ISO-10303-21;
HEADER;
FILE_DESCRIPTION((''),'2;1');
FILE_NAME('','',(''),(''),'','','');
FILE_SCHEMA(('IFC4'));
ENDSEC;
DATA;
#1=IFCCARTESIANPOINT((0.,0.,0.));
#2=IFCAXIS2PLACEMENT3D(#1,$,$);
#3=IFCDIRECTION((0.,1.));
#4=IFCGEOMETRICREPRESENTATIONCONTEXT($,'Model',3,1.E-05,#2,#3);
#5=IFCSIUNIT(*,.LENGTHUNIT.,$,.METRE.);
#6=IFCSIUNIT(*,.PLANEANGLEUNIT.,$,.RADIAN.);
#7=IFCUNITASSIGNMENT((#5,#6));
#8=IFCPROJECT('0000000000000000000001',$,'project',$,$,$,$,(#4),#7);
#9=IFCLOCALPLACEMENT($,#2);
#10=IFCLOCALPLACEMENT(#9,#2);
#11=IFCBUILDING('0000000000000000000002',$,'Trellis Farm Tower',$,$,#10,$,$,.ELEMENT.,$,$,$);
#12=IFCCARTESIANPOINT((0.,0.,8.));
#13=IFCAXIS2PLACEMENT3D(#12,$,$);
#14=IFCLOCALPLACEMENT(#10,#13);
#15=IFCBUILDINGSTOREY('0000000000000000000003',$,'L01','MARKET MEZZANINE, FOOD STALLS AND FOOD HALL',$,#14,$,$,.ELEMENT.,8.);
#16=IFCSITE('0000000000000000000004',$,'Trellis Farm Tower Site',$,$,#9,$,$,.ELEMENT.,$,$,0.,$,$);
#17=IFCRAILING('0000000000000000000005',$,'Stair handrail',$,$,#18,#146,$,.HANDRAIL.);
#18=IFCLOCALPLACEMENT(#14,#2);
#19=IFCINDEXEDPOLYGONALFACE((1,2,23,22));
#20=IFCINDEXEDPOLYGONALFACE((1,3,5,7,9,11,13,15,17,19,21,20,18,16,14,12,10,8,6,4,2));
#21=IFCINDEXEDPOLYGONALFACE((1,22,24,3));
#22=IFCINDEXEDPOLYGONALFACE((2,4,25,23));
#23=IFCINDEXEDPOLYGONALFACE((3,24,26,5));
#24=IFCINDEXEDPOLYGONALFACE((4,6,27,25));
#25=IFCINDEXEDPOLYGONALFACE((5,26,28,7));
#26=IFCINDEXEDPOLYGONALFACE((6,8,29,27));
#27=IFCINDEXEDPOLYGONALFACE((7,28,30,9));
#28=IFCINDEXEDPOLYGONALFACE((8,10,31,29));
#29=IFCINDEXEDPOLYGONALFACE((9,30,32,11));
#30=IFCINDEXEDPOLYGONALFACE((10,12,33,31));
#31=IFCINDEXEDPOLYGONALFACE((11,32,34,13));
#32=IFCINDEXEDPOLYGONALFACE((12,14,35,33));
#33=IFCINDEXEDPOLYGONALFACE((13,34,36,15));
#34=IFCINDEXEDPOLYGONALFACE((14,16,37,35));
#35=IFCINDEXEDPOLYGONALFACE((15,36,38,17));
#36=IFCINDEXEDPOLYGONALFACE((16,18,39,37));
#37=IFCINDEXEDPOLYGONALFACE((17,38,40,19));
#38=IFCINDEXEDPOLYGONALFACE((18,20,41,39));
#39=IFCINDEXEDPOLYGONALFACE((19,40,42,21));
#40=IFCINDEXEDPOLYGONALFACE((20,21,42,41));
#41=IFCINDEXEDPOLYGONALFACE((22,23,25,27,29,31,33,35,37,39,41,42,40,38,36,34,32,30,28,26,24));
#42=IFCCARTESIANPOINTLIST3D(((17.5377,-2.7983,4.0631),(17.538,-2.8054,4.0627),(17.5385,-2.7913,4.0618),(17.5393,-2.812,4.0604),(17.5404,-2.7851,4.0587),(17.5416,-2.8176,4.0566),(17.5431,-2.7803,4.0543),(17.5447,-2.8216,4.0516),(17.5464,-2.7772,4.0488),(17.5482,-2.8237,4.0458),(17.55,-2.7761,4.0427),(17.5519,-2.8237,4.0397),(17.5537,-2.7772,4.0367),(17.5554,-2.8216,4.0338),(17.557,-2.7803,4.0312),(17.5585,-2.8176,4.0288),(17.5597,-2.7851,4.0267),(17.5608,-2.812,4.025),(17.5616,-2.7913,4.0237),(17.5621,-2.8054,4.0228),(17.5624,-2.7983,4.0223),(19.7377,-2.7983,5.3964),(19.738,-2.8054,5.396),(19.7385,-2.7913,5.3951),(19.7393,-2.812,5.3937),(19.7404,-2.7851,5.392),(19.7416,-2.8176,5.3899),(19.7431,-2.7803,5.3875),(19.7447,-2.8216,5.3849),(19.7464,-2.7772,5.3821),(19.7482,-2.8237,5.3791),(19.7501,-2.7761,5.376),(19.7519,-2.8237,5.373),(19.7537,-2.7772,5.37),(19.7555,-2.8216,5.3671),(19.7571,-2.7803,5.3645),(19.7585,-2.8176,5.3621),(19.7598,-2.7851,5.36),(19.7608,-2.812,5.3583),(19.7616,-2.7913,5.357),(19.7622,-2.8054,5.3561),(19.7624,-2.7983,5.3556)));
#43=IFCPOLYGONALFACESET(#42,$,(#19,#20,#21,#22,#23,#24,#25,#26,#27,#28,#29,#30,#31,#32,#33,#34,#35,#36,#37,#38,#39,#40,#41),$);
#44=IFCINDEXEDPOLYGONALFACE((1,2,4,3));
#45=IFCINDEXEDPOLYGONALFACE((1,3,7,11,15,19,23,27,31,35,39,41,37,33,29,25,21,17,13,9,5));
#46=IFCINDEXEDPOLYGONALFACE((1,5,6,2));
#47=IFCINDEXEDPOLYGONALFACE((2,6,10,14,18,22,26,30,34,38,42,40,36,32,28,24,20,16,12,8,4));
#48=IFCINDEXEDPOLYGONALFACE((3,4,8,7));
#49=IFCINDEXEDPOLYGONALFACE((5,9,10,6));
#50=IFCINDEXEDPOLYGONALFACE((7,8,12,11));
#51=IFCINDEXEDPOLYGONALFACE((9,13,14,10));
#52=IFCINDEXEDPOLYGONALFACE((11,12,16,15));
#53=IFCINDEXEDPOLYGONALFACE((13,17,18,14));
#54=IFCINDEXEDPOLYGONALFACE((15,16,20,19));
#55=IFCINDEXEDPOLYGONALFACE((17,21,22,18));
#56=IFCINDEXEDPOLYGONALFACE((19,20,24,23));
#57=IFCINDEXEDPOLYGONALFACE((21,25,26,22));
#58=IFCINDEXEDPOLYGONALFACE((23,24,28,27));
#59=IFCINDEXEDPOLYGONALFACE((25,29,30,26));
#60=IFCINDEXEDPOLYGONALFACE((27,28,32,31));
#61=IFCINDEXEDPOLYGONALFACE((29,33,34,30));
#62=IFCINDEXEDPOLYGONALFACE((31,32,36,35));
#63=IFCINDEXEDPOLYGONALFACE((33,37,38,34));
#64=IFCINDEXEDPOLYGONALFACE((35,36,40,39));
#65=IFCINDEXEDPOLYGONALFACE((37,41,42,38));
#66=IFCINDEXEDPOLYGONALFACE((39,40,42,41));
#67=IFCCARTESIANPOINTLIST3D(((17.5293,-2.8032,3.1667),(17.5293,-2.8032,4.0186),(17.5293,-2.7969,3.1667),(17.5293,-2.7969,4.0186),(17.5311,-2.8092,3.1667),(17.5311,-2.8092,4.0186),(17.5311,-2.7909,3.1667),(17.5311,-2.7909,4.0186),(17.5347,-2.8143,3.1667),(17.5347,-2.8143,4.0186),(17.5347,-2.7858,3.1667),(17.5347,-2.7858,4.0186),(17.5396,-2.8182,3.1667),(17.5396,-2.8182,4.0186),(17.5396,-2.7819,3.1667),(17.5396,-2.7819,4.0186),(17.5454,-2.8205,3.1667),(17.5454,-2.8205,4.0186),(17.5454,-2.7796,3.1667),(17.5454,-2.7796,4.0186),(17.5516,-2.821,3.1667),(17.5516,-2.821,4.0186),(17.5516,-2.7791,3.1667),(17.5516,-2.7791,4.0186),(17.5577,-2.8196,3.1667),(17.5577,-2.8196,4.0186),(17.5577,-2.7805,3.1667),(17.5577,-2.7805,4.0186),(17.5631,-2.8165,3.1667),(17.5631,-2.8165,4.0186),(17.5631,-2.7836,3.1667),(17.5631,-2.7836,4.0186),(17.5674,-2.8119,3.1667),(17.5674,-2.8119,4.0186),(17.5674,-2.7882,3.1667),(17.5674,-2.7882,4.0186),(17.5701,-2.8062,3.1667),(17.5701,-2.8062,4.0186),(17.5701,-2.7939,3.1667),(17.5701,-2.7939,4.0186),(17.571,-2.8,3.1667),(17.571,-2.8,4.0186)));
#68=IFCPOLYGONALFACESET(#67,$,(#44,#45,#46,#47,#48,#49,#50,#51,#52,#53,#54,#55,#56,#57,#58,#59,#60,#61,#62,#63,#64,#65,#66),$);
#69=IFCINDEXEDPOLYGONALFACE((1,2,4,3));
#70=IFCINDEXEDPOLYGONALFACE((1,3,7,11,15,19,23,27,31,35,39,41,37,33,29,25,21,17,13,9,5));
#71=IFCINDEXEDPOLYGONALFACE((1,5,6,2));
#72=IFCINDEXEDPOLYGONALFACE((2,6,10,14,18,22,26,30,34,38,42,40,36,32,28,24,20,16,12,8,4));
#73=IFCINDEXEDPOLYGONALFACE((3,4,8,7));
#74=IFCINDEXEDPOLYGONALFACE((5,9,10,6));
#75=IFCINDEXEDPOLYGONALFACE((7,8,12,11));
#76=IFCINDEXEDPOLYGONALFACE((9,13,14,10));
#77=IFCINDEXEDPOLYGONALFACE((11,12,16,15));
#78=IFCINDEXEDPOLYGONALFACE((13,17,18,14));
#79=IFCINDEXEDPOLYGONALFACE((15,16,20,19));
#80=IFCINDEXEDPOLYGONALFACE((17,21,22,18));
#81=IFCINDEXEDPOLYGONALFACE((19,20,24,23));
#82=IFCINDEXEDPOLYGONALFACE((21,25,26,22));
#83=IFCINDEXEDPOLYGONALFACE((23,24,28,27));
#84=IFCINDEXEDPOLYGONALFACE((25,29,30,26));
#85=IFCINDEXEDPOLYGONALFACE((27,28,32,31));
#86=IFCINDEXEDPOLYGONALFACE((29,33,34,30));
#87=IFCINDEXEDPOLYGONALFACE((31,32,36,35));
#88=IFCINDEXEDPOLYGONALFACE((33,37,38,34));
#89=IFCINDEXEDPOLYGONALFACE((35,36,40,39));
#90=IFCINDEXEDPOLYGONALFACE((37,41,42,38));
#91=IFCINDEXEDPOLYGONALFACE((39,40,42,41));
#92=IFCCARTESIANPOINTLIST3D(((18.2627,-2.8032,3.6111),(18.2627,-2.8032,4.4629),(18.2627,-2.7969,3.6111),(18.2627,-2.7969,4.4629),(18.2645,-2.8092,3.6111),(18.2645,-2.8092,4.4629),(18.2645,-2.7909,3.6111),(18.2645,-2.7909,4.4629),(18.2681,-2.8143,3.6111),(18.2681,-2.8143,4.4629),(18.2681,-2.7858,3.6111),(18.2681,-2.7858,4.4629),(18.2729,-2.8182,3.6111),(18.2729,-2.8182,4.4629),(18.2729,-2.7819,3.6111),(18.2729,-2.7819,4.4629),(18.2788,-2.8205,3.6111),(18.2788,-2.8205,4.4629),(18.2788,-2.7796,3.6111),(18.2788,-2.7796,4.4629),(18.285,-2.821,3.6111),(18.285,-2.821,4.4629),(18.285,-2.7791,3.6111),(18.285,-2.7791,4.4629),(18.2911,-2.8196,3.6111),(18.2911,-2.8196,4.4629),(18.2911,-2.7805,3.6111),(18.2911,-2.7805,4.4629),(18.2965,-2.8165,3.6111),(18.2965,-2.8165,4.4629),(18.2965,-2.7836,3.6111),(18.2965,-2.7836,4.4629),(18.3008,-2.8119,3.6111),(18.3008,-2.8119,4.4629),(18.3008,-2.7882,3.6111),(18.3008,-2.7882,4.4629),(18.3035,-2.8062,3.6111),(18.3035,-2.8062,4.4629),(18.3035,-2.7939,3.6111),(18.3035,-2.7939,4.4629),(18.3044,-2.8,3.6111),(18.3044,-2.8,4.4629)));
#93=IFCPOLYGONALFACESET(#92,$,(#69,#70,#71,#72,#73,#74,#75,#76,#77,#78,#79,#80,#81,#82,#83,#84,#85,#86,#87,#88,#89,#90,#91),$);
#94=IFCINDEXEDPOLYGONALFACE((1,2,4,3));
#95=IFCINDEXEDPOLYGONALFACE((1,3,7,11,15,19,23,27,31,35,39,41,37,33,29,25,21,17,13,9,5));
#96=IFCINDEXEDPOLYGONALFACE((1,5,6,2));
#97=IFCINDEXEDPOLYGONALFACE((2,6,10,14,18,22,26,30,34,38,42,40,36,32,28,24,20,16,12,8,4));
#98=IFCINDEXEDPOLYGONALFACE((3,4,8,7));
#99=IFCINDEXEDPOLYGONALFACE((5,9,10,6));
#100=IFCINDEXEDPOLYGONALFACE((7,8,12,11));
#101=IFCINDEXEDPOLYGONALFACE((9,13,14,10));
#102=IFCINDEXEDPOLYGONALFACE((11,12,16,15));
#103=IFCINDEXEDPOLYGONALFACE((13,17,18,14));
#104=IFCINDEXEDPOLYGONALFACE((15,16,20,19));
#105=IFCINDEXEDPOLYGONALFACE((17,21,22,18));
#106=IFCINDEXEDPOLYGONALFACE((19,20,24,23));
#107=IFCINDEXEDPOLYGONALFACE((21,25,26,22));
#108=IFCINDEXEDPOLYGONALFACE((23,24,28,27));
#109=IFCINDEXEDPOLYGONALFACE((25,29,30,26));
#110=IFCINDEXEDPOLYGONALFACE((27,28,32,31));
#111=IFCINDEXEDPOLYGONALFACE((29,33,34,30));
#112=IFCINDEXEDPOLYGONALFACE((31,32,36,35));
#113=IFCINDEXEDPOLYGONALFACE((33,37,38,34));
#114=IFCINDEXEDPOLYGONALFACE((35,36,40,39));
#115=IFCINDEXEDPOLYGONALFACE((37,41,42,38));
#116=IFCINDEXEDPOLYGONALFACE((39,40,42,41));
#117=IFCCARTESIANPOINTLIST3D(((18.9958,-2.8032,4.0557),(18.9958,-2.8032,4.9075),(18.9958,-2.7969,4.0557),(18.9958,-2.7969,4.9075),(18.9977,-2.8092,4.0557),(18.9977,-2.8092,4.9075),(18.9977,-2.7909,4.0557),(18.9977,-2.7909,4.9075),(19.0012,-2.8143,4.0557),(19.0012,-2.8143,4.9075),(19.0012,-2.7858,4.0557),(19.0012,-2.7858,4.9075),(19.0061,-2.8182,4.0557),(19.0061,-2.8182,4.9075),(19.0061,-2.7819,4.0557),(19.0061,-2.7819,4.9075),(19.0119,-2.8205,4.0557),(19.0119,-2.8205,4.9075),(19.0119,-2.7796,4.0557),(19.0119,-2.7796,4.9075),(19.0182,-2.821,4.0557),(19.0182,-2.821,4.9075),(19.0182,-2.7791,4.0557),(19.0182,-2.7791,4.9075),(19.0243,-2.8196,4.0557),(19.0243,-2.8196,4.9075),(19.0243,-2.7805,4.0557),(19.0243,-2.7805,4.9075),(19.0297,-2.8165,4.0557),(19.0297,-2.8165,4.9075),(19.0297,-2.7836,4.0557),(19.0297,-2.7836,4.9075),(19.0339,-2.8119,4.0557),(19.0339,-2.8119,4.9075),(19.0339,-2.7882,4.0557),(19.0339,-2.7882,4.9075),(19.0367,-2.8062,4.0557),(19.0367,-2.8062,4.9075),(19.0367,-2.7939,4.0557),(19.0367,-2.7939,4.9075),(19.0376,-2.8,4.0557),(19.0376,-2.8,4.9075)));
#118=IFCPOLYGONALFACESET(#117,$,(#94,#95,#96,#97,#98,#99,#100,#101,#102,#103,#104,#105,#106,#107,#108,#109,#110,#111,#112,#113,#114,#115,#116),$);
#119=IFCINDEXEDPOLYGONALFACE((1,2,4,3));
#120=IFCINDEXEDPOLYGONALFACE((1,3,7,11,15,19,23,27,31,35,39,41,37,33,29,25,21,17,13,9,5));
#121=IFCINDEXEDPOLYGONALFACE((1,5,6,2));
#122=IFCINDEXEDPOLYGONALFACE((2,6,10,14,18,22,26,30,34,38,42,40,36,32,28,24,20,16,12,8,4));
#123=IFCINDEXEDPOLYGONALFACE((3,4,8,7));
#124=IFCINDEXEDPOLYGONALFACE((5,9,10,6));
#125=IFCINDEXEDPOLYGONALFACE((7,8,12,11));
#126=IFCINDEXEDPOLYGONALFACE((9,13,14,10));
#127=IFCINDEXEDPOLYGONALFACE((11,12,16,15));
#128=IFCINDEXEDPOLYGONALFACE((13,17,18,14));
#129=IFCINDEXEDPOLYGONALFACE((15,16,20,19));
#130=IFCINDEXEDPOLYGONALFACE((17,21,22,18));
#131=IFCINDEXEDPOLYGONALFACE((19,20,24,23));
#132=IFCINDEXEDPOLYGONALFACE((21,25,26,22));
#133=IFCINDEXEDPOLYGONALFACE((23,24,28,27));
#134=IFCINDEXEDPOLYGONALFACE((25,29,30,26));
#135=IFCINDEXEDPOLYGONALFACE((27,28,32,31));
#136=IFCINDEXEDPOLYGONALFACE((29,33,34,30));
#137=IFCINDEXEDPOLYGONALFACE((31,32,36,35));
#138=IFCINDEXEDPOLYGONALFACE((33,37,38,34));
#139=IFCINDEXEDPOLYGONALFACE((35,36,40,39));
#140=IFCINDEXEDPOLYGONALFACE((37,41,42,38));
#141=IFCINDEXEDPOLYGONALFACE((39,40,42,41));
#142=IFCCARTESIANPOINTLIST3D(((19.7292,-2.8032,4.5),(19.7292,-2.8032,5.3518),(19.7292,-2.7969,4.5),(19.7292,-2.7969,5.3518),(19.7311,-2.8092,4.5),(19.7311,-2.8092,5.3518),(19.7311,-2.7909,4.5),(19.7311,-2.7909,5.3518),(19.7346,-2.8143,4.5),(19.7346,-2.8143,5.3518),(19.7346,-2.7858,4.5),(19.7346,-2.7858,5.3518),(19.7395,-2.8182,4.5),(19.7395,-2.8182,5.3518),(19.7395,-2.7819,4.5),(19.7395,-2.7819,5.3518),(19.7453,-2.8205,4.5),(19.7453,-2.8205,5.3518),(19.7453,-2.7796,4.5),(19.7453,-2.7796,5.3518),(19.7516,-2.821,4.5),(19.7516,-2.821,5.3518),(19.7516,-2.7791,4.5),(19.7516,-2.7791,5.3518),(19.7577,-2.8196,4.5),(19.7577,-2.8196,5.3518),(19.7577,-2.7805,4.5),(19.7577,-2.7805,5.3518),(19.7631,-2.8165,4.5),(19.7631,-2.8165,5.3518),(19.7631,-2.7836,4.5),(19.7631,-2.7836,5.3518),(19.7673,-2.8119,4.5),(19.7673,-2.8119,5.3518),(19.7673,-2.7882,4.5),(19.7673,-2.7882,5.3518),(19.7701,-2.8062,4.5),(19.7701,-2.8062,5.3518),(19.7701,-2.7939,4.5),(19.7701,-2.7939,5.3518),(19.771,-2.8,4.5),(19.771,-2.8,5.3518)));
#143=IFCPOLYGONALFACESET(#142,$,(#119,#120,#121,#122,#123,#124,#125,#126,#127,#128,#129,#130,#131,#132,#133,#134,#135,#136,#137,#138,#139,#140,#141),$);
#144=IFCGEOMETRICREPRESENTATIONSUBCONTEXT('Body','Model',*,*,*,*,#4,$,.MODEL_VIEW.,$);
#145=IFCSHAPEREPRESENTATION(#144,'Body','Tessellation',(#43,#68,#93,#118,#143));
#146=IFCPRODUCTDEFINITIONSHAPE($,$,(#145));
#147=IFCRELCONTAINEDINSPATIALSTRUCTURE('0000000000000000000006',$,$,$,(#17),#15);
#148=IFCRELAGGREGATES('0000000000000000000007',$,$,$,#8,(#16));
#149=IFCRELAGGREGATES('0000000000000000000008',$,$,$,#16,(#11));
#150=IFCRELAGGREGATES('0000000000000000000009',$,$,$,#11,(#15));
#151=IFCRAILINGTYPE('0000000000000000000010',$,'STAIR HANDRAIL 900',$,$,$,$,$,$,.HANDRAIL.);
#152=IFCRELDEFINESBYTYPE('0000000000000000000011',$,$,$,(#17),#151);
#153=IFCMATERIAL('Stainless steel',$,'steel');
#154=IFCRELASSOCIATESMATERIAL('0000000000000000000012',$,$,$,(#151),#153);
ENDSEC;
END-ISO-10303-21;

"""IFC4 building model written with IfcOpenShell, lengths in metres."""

from ifc_helpers import new_model, si_unit, direction, frame, origin, origin_2d, place, context, subcontext, project, spatial, circle, extrude, source, transform, mapped, material, type_object, element, save


model = new_model("IFC4")

# Units and contexts
model_context = context("Model", 3, precision=1e-05, world=origin(), true_north=direction((0.0, 1.0)))
body_context = subcontext(model_context, "Body", "Model", "MODEL_VIEW")
ifc_project = project(units=[si_unit("LENGTHUNIT", "METRE"), si_unit("PLANEANGLEUNIT", "RADIAN")], contexts=[model_context])

# Site, building, storey
site_placement = place(None, origin())
site = spatial("IfcSite", under=ifc_project, at=site_placement, Name="Trellis Farm Tower Site", CompositionType="ELEMENT", RefElevation=0.0)
building_placement = place(site_placement, origin())
building = spatial("IfcBuilding", under=site, at=building_placement, Name="Trellis Farm Tower", CompositionType="ELEMENT")
storey_placement = place(building_placement, frame((0.0, 0.0, 8.0)))
storey = spatial("IfcBuildingStorey", under=building, at=storey_placement, Name="L01", Description="MARKET MEZZANINE, FOOD STALLS AND FOOD HALL", CompositionType="ELEMENT", Elevation=8.0)

# Shared definitions
ifc_material_1 = material(Name="Stainless steel", Category="steel")

# Railing
railing_type = type_object("IfcRailingType", Name="STAIR HANDRAIL 900", PredefinedType="HANDRAIL", material=ifc_material_1)
shared_shape_1 = source(origin(), body_context, "Body", "SweptSolid", [
    extrude(circle(Radius=0.0239, at=origin_2d()), frame((0.0, 0.0, 0.876), z_axis=(0.855207, 0.0, 0.518287), x_axis=(0.0, 1.0, 0.0)), (0.0, 0.0, 1.0), 2.5725),
    extrude(circle(Radius=0.021, at=origin_2d()), origin(), (0.0, 0.0, 1.0), 0.8518),
    extrude(circle(Radius=0.021, at=origin_2d()), frame((0.7334, 0.0, 0.4443)), (0.0, 0.0, 1.0), 0.8518),
    extrude(circle(Radius=0.021, at=origin_2d()), frame((1.4666, 0.0, 0.8889)), (0.0, 0.0, 1.0), 0.8518),
    extrude(circle(Radius=0.021, at=origin_2d()), frame((2.2, 0.0, 1.3333)), (0.0, 0.0, 1.0), 0.8518),
])
for number, where, name in (
    (1, (17.55, -2.8, 3.1667), "Stair handrail"),
):
    element("IfcRailing", number, at=place(storey_placement, frame(where)), inside=storey, type_object=railing_type, Name=name, PredefinedType="HANDRAIL", context=body_context, shape_type="MappedRepresentation", body=[
        mapped(shared_shape_1, transform((0.0, 0.0, 0.0))),
    ])

save(model, "model.ifc")
